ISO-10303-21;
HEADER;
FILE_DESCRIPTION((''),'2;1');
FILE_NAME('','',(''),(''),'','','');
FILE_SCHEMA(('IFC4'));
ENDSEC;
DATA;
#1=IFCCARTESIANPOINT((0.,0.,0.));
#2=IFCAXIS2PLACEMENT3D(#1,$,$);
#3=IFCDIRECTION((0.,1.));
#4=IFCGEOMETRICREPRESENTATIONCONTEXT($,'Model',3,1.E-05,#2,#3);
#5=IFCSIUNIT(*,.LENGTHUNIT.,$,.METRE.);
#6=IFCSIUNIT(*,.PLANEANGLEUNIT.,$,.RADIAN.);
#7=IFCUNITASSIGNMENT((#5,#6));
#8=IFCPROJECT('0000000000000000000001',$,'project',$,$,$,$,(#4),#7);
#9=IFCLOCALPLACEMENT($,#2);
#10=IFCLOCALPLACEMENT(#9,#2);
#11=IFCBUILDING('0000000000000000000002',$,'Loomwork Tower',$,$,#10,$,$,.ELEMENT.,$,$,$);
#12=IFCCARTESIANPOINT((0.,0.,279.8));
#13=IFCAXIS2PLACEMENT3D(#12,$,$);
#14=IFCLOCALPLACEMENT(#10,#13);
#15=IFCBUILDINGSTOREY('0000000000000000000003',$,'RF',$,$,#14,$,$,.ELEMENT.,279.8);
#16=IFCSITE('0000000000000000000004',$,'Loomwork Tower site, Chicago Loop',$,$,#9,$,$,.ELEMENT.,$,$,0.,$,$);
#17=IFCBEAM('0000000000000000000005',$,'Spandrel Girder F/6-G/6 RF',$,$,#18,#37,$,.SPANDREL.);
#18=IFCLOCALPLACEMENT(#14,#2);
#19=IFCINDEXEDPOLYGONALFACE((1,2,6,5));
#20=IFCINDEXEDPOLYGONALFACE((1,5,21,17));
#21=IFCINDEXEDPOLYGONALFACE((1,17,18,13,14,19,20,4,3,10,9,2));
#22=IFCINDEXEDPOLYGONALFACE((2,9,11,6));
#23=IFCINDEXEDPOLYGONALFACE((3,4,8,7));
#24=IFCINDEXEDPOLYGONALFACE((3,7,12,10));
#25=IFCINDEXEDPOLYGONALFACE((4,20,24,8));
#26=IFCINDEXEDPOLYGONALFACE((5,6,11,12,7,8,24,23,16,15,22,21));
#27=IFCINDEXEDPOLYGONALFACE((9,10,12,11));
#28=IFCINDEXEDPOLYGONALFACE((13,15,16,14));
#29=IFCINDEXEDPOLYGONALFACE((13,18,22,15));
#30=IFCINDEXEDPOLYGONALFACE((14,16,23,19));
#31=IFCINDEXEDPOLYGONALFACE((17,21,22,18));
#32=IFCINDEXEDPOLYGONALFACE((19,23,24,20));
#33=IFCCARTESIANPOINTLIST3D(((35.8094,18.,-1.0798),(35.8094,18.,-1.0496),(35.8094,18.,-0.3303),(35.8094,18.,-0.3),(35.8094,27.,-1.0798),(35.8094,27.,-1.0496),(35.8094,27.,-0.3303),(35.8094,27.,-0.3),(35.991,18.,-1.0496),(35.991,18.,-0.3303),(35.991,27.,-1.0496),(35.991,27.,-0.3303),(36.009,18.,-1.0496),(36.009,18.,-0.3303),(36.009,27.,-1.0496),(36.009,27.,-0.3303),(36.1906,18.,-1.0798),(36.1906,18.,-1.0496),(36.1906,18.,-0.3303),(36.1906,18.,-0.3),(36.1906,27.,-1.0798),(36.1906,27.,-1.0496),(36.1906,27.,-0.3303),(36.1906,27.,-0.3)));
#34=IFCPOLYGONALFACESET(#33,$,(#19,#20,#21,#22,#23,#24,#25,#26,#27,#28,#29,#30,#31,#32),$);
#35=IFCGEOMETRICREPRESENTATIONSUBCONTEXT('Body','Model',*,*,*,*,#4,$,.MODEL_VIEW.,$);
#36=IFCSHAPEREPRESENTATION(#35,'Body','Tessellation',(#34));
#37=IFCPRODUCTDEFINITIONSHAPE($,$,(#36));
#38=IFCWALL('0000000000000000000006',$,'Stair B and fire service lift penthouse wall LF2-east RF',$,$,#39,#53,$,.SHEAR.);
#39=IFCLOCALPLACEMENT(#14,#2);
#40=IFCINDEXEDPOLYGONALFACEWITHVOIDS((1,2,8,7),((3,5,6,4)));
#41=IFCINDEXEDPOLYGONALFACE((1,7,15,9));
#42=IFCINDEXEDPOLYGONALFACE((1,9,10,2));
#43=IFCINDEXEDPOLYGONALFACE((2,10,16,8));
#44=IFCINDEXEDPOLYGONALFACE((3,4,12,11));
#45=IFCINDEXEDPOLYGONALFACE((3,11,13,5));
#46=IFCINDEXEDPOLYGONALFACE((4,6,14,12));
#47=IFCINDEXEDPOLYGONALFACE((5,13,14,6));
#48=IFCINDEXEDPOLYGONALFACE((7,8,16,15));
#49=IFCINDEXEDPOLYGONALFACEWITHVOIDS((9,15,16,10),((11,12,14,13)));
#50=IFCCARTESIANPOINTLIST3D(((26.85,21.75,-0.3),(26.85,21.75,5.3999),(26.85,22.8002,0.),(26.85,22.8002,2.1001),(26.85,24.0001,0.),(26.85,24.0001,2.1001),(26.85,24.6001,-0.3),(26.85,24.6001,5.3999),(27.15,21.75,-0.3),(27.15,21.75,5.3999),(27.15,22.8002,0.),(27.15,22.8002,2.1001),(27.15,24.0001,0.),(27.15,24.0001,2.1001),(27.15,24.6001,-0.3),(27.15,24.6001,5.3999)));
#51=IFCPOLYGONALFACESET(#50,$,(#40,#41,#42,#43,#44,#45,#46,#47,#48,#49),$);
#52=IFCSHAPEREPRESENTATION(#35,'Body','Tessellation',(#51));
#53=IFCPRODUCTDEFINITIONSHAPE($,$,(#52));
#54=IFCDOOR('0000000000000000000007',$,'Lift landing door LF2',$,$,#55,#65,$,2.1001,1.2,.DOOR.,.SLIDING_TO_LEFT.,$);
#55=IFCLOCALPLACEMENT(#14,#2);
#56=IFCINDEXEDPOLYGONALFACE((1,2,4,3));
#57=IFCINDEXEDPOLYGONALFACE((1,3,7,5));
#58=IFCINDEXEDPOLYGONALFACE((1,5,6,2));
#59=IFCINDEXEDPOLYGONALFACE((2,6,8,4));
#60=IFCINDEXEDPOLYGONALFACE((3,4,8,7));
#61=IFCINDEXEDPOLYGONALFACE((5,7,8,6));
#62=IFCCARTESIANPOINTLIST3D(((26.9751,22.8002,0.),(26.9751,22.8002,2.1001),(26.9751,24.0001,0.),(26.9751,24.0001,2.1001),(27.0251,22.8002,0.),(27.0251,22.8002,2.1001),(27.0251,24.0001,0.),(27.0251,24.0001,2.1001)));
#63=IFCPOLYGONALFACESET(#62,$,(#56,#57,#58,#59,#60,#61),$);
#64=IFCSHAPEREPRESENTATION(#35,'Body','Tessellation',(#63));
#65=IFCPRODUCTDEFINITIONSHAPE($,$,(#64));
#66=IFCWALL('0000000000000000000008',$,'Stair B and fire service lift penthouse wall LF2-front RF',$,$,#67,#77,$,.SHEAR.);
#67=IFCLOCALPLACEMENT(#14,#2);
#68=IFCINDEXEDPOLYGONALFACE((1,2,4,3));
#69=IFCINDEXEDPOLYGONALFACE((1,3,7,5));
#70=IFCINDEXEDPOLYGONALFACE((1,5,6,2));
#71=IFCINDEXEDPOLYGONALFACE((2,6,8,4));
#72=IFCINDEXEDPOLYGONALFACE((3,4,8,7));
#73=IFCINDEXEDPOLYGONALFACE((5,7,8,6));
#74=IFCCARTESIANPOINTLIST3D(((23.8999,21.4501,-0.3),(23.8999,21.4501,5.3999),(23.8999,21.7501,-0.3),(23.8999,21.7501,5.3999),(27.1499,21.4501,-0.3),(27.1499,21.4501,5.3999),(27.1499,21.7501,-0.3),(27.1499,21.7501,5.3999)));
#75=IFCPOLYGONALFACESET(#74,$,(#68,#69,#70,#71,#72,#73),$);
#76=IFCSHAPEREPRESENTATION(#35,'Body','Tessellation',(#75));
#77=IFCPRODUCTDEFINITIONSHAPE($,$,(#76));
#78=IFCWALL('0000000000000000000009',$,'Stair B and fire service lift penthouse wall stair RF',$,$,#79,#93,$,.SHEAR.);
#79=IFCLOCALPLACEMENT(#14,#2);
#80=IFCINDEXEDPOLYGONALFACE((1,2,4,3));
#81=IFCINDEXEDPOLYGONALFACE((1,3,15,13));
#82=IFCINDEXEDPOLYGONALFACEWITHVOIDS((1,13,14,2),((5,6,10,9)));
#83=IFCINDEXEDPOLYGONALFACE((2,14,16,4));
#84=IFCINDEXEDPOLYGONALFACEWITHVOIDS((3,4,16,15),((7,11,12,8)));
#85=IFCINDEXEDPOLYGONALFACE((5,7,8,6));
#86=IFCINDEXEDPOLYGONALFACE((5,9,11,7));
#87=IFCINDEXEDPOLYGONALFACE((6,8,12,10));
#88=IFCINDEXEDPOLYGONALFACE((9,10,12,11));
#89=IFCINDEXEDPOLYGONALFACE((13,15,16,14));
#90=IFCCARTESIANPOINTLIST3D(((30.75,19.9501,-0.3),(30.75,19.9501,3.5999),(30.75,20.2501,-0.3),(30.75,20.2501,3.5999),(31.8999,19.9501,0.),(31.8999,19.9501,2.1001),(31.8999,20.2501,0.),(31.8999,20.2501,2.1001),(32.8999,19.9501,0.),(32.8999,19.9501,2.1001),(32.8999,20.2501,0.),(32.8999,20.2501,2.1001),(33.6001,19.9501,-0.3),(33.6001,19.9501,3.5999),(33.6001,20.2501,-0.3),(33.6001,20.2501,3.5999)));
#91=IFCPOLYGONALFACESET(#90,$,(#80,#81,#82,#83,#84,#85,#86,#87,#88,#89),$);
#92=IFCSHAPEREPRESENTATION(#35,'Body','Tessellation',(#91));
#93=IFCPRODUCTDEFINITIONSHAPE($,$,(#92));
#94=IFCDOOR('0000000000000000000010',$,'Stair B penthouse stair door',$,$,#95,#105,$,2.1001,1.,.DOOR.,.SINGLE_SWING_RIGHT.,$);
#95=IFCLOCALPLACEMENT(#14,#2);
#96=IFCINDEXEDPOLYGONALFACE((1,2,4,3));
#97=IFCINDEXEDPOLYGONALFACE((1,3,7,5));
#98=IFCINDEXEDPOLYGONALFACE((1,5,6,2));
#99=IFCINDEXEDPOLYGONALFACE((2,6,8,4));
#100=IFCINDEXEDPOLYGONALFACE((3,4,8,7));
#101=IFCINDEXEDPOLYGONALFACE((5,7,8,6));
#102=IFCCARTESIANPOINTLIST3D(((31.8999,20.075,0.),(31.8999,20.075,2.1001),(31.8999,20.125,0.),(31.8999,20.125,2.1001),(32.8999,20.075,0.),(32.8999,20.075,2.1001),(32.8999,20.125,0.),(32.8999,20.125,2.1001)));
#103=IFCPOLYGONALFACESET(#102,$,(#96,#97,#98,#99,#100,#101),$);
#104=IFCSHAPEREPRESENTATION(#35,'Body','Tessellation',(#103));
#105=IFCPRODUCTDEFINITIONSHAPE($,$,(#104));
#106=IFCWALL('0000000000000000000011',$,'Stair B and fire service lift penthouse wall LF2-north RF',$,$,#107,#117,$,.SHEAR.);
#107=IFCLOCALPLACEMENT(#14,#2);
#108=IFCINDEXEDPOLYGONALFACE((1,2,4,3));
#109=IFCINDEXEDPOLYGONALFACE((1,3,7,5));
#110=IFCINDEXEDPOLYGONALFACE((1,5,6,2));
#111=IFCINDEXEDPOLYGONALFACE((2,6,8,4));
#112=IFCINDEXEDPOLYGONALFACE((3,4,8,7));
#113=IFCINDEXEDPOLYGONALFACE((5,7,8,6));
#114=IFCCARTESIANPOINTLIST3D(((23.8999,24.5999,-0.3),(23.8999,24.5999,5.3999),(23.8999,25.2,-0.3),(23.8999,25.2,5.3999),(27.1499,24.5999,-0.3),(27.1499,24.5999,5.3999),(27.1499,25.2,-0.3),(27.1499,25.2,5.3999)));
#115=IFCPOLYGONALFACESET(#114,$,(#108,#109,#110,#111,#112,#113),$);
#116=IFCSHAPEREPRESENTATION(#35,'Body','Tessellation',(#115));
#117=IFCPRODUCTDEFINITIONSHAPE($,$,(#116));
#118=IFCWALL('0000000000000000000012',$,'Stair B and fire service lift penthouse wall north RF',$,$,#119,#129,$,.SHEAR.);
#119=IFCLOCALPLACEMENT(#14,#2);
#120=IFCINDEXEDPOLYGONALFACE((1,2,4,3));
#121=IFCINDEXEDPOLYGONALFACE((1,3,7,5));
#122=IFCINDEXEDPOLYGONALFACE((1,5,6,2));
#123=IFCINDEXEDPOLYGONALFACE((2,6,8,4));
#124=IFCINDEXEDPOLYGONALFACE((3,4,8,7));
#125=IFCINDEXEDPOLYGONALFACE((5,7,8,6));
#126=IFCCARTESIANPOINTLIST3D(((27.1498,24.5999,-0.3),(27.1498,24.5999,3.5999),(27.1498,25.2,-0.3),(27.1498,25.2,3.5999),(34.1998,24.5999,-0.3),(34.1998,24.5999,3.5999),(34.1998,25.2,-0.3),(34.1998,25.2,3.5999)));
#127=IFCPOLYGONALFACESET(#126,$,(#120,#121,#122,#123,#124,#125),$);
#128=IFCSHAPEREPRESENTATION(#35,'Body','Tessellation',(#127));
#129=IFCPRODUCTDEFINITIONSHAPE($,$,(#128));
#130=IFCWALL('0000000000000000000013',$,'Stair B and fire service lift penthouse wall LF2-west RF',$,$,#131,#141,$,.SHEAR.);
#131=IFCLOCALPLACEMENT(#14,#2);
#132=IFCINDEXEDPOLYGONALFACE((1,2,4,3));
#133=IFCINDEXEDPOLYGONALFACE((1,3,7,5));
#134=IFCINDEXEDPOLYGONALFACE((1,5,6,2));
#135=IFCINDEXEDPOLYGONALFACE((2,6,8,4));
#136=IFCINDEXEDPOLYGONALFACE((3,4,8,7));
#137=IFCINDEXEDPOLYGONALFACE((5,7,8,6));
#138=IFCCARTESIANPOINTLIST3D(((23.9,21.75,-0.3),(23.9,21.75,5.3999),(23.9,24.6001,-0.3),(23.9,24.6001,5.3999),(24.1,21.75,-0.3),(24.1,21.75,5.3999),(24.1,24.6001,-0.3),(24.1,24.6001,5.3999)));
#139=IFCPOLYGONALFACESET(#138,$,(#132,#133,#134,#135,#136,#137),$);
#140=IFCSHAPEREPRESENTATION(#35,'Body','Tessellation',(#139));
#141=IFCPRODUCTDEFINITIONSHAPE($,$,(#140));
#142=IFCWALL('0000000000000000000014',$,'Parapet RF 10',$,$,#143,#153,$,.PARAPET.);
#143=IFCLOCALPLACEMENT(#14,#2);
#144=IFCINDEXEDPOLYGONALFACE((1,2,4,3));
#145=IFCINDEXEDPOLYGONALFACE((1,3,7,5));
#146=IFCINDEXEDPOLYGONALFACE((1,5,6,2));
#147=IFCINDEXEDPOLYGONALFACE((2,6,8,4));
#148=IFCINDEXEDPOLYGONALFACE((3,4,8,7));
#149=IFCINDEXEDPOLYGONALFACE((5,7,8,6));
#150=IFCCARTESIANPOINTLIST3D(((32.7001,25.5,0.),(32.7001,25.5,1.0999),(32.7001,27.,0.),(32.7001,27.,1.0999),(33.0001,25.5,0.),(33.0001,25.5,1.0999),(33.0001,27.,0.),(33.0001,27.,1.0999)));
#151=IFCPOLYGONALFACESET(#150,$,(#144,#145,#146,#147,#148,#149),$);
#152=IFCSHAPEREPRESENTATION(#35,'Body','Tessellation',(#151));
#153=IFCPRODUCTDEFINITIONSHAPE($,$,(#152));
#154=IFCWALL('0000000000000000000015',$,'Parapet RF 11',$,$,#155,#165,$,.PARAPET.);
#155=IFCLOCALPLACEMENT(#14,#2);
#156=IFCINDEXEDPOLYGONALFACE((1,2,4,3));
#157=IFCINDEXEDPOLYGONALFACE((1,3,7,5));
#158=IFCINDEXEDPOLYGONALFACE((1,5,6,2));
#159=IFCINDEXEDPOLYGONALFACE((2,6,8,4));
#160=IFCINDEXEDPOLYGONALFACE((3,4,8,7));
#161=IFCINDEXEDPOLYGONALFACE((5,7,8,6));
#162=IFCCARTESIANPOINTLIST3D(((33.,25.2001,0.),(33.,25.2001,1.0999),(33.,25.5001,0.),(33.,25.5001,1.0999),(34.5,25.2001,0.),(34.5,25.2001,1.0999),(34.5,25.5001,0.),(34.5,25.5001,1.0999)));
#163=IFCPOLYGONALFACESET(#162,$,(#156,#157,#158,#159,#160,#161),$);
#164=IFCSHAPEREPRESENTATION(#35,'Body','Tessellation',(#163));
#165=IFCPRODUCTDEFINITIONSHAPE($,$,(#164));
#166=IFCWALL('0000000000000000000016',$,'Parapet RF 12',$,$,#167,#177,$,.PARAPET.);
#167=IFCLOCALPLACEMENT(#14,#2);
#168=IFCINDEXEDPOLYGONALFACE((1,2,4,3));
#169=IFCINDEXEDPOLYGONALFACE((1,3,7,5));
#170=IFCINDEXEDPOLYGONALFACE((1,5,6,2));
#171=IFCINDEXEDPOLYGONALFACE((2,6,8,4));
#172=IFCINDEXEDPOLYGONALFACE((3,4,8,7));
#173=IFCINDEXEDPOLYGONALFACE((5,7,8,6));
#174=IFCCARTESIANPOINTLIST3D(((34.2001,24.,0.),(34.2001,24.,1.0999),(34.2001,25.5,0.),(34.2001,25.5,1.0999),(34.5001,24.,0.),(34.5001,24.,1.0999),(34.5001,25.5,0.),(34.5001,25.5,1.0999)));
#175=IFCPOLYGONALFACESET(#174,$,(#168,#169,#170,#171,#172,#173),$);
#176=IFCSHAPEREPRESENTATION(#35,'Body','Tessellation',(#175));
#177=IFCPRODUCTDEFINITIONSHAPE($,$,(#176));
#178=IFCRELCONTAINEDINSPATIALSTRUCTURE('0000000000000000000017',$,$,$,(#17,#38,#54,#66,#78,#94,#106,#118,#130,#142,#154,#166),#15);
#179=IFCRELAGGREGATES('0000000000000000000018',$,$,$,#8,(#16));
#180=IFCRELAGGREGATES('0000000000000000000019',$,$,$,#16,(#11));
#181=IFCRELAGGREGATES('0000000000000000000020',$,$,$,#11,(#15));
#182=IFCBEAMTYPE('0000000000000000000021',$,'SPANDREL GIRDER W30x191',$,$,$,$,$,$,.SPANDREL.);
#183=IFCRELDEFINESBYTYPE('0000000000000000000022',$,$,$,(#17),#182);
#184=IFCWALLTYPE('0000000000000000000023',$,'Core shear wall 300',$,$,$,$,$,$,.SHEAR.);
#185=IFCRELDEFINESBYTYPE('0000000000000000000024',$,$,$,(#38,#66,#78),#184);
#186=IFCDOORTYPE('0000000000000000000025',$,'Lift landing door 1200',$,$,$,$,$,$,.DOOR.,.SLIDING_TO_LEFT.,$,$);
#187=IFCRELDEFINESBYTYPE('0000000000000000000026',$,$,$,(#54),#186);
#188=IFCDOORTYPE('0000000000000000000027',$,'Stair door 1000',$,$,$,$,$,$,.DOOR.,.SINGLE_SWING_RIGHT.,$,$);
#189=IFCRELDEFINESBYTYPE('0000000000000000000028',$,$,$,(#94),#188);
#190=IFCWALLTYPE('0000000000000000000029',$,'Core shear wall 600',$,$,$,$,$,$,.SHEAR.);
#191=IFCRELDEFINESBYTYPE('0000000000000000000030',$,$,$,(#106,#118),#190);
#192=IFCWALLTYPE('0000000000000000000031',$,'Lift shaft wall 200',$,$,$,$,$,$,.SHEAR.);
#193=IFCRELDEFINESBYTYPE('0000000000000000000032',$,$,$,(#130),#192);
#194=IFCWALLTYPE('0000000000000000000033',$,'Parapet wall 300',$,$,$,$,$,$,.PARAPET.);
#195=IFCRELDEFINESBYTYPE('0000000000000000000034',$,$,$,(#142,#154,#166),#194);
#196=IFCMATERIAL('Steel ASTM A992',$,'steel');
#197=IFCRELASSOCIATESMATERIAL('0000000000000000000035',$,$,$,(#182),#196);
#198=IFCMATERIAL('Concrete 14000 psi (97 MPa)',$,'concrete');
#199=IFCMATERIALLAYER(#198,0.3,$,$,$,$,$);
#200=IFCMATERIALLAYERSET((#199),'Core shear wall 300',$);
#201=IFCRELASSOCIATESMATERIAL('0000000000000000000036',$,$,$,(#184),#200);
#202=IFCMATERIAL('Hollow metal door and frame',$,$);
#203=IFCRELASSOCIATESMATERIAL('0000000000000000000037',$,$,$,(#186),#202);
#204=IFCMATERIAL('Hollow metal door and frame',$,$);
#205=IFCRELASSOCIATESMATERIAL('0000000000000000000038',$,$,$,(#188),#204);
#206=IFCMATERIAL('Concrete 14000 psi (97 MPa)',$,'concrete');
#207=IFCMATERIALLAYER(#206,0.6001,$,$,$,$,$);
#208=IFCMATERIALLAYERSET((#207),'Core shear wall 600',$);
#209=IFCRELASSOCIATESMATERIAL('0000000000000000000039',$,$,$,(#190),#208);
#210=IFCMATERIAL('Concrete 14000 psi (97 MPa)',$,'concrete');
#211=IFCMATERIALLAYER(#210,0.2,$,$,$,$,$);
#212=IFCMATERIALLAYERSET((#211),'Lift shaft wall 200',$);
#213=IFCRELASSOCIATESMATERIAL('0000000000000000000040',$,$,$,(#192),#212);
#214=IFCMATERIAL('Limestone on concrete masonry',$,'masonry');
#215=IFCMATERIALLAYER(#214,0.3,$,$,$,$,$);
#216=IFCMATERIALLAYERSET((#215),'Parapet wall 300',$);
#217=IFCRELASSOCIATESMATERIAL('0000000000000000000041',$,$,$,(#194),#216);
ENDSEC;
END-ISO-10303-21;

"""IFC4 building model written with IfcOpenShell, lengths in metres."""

from ifc_helpers import new_model, si_unit, direction, frame, frame_2d, origin, origin_2d, place, context, subcontext, project, spatial, rectangle, i_section, extrude, material, layer, layer_set, material_profile, profile_set, type_object, element, fill, save


model = new_model("IFC4")

# Units and contexts
model_context = context("Model", 3, precision=1e-05, world=origin(), true_north=direction((0.0, 1.0)))
body_context = subcontext(model_context, "Body", "Model", "MODEL_VIEW")
ifc_project = project(units=[si_unit("LENGTHUNIT", "METRE"), si_unit("PLANEANGLEUNIT", "RADIAN")], contexts=[model_context])

# Site, building, storey
site_placement = place(None, origin())
site = spatial("IfcSite", under=ifc_project, at=site_placement, Name="Loomwork Tower site, Chicago Loop", CompositionType="ELEMENT", RefElevation=0.0)
building_placement = place(site_placement, origin())
building = spatial("IfcBuilding", under=site, at=building_placement, Name="Loomwork Tower", CompositionType="ELEMENT")
storey_placement = place(building_placement, frame((0.0, 0.0, 279.8)))
storey = spatial("IfcBuildingStorey", under=building, at=storey_placement, Name="RF", CompositionType="ELEMENT", Elevation=279.8)

# Beam
ifc_material_1 = material(Name="Steel ASTM A992", Category="steel")
ifc_material_profile_1 = material_profile(ifc_material_1, i_section(OverallWidth=0.3811, OverallDepth=0.7798, WebThickness=0.0181, FlangeThickness=0.0303, at=origin_2d()), Name="W30x191")
ifc_profile_set_1 = profile_set([ifc_material_profile_1], Name="Steel ASTM A992")
beam_type = type_object("IfcBeamType", Name="SPANDREL GIRDER W30x191", PredefinedType="SPANDREL", material=ifc_profile_set_1)
for number, where, z_axis, x_axis, name in (
    (1, (36.0, 18.0, -0.6899), (0.0, 1.0, 0.0), (-1.0, 0.0, 0.0), "Spandrel Girder F/6-G/6 RF"),
):
    element("IfcBeam", number, at=place(storey_placement, frame(where, z_axis=z_axis, x_axis=x_axis)), inside=storey, type_object=beam_type, Name=name, PredefinedType="SPANDREL", context=body_context, shape_type="SweptSolid", body=[
        extrude(i_section(OverallWidth=0.3811, OverallDepth=0.7798, WebThickness=0.0181, FlangeThickness=0.0303, at=origin_2d()), origin(), (0.0, 0.0, 1.0), 9.0),
    ])

# Wall, opening, door
ifc_material_2 = material(Name="Concrete 14000 psi (97 MPa)", Category="concrete")
ifc_layer_1 = layer(ifc_material_2, 0.3)
ifc_layer_set_1 = layer_set([ifc_layer_1], Name="Core shear wall 300")
wall_type_1 = type_object("IfcWallType", Name="Core shear wall 300", PredefinedType="SHEAR", material=ifc_layer_set_1)
wall_1_placement = place(storey_placement, frame((27.0, 21.75, -0.3), z_axis=(0.0, 0.0, 1.0), x_axis=(0.0, 1.0, 0.0)))
wall_1 = element("IfcWall", 2, at=wall_1_placement, inside=storey, type_object=wall_type_1, Name="Stair B and fire service lift penthouse wall LF2-east RF", PredefinedType="SHEAR", context=body_context, shape_type="SweptSolid", body=[
    extrude(rectangle(XDim=2.8501, YDim=0.3, at=frame_2d((1.425, 0.0))), origin(), (0.0, 0.0, 1.0), 5.7),
])
opening_1_placement = place(wall_1_placement, frame((1.05, 0.0, 0.3)))
opening_1 = element("IfcOpeningElement", 3, at=opening_1_placement, cuts=wall_1, PredefinedType="OPENING", context=body_context, shape_type="SweptSolid", body=[
    extrude(rectangle(XDim=1.2, YDim=2.1001, at=frame_2d((0.6001, 1.05))), frame((0.0, 0.1599, 0.0), z_axis=(0.0, -1.0, 0.0), x_axis=(1.0, 0.0, 0.0)), (0.0, 0.0, 1.0), 0.3201),
])
ifc_material_3 = material(Name="Hollow metal door and frame")
door_type_1 = type_object("IfcDoorType", Name="Lift landing door 1200", OperationType="SLIDING_TO_LEFT", PredefinedType="DOOR", material=ifc_material_3)
door_1_placement = place(opening_1_placement, origin())
door_1 = element("IfcDoor", 4, at=door_1_placement, inside=storey, type_object=door_type_1, Name="Lift landing door LF2", OperationType="SLIDING_TO_LEFT", OverallHeight=2.1001, OverallWidth=1.2, PredefinedType="DOOR", context=body_context, shape_type="SweptSolid", body=[
    extrude(rectangle(XDim=1.2, YDim=2.1001, at=frame_2d((0.6001, 1.05))), frame((0.0, 0.0249, 0.0), z_axis=(0.0, -1.0, 0.0), x_axis=(1.0, 0.0, 0.0)), (0.0, 0.0, 1.0), 0.05),
])
fill(opening_1, door_1)

# Wall
wall_2_placement = place(storey_placement, frame((23.8999, 21.6001, -0.3), z_axis=(0.0, 0.0, 1.0), x_axis=(1.0, 0.0, 0.0)))
element("IfcWall", 5, at=wall_2_placement, inside=storey, type_object=wall_type_1, Name="Stair B and fire service lift penthouse wall LF2-front RF", PredefinedType="SHEAR", context=body_context, shape_type="SweptSolid", body=[
    extrude(rectangle(XDim=3.25, YDim=0.3, at=frame_2d((1.625, 0.0))), origin(), (0.0, 0.0, 1.0), 5.7),
])

# Wall, opening, door
wall_3_placement = place(storey_placement, frame((30.75, 20.1001, -0.3), z_axis=(0.0, 0.0, 1.0), x_axis=(1.0, 0.0, 0.0)))
wall_3 = element("IfcWall", 6, at=wall_3_placement, inside=storey, type_object=wall_type_1, Name="Stair B and fire service lift penthouse wall stair RF", PredefinedType="SHEAR", context=body_context, shape_type="SweptSolid", body=[
    extrude(rectangle(XDim=2.8501, YDim=0.3, at=frame_2d((1.425, 0.0))), origin(), (0.0, 0.0, 1.0), 3.8999),
])
opening_2_placement = place(wall_3_placement, frame((1.1499, 0.0, 0.3)))
opening_2 = element("IfcOpeningElement", 7, at=opening_2_placement, cuts=wall_3, PredefinedType="OPENING", context=body_context, shape_type="SweptSolid", body=[
    extrude(rectangle(XDim=1.0, YDim=2.1001, at=frame_2d((0.5, 1.05))), frame((0.0, 0.1599, 0.0), z_axis=(0.0, -1.0, 0.0), x_axis=(1.0, 0.0, 0.0)), (0.0, 0.0, 1.0), 0.3201),
])
ifc_material_4 = material(Name="Hollow metal door and frame")
door_type_2 = type_object("IfcDoorType", Name="Stair door 1000", OperationType="SINGLE_SWING_RIGHT", PredefinedType="DOOR", material=ifc_material_4)
door_2_placement = place(opening_2_placement, origin())
door_2 = element("IfcDoor", 8, at=door_2_placement, inside=storey, type_object=door_type_2, Name="Stair B penthouse stair door", OperationType="SINGLE_SWING_RIGHT", OverallHeight=2.1001, OverallWidth=1.0, PredefinedType="DOOR", context=body_context, shape_type="SweptSolid", body=[
    extrude(rectangle(XDim=1.0, YDim=2.1001, at=frame_2d((0.5, 1.05))), frame((0.0, 0.0249, 0.0), z_axis=(0.0, -1.0, 0.0), x_axis=(1.0, 0.0, 0.0)), (0.0, 0.0, 1.0), 0.05),
])
fill(opening_2, door_2)

# Walls
ifc_material_5 = material(Name="Concrete 14000 psi (97 MPa)", Category="concrete")
ifc_layer_2 = layer(ifc_material_5, 0.6001)
ifc_layer_set_2 = layer_set([ifc_layer_2], Name="Core shear wall 600")
wall_type_2 = type_object("IfcWallType", Name="Core shear wall 600", PredefinedType="SHEAR", material=ifc_layer_set_2)
wall_4_placement = place(storey_placement, frame((23.8999, 24.8999, -0.3), z_axis=(0.0, 0.0, 1.0), x_axis=(1.0, 0.0, 0.0)))
element("IfcWall", 9, at=wall_4_placement, inside=storey, type_object=wall_type_2, Name="Stair B and fire service lift penthouse wall LF2-north RF", PredefinedType="SHEAR", context=body_context, shape_type="SweptSolid", body=[
    extrude(rectangle(XDim=3.25, YDim=0.6001, at=frame_2d((1.625, 0.0))), origin(), (0.0, 0.0, 1.0), 5.7),
])
wall_5_placement = place(storey_placement, frame((27.1499, 24.8999, -0.3), z_axis=(0.0, 0.0, 1.0), x_axis=(1.0, 0.0, 0.0)))
element("IfcWall", 10, at=wall_5_placement, inside=storey, type_object=wall_type_2, Name="Stair B and fire service lift penthouse wall north RF", PredefinedType="SHEAR", context=body_context, shape_type="SweptSolid", body=[
    extrude(rectangle(XDim=7.05, YDim=0.6001, at=frame_2d((3.5249, 0.0))), origin(), (0.0, 0.0, 1.0), 3.8999),
])
ifc_material_6 = material(Name="Concrete 14000 psi (97 MPa)", Category="concrete")
ifc_layer_3 = layer(ifc_material_6, 0.2)
ifc_layer_set_3 = layer_set([ifc_layer_3], Name="Lift shaft wall 200")
wall_type_3 = type_object("IfcWallType", Name="Lift shaft wall 200", PredefinedType="SHEAR", material=ifc_layer_set_3)
wall_6_placement = place(storey_placement, frame((24.0, 21.75, -0.3), z_axis=(0.0, 0.0, 1.0), x_axis=(0.0, 1.0, 0.0)))
element("IfcWall", 11, at=wall_6_placement, inside=storey, type_object=wall_type_3, Name="Stair B and fire service lift penthouse wall LF2-west RF", PredefinedType="SHEAR", context=body_context, shape_type="SweptSolid", body=[
    extrude(rectangle(XDim=2.8501, YDim=0.2, at=frame_2d((1.425, 0.0))), origin(), (0.0, 0.0, 1.0), 5.7),
])
ifc_material_7 = material(Name="Limestone on concrete masonry", Category="masonry")
ifc_layer_4 = layer(ifc_material_7, 0.3)
ifc_layer_set_4 = layer_set([ifc_layer_4], Name="Parapet wall 300")
wall_type_4 = type_object("IfcWallType", Name="Parapet wall 300", PredefinedType="PARAPET", material=ifc_layer_set_4)
for number, where, z_axis, x_axis, name in (
    (12, (32.8501, 27.0, 0.0), (0.0, 0.0, 1.0), (0.0, -1.0, 0.0), "Parapet RF 10"),
    (13, (33.0, 25.3501, 0.0), (0.0, 0.0, 1.0), (1.0, 0.0, 0.0), "Parapet RF 11"),
    (14, (34.3501, 25.5, 0.0), (0.0, 0.0, 1.0), (0.0, -1.0, 0.0), "Parapet RF 12"),
):
    element("IfcWall", number, at=place(storey_placement, frame(where, z_axis=z_axis, x_axis=x_axis)), inside=storey, type_object=wall_type_4, Name=name, PredefinedType="PARAPET", context=body_context, shape_type="SweptSolid", body=[
        extrude(rectangle(XDim=1.5, YDim=0.3, at=frame_2d((0.75, 0.0))), origin(), (0.0, 0.0, 1.0), 1.0999),
    ])

save(model, "model.ifc")
